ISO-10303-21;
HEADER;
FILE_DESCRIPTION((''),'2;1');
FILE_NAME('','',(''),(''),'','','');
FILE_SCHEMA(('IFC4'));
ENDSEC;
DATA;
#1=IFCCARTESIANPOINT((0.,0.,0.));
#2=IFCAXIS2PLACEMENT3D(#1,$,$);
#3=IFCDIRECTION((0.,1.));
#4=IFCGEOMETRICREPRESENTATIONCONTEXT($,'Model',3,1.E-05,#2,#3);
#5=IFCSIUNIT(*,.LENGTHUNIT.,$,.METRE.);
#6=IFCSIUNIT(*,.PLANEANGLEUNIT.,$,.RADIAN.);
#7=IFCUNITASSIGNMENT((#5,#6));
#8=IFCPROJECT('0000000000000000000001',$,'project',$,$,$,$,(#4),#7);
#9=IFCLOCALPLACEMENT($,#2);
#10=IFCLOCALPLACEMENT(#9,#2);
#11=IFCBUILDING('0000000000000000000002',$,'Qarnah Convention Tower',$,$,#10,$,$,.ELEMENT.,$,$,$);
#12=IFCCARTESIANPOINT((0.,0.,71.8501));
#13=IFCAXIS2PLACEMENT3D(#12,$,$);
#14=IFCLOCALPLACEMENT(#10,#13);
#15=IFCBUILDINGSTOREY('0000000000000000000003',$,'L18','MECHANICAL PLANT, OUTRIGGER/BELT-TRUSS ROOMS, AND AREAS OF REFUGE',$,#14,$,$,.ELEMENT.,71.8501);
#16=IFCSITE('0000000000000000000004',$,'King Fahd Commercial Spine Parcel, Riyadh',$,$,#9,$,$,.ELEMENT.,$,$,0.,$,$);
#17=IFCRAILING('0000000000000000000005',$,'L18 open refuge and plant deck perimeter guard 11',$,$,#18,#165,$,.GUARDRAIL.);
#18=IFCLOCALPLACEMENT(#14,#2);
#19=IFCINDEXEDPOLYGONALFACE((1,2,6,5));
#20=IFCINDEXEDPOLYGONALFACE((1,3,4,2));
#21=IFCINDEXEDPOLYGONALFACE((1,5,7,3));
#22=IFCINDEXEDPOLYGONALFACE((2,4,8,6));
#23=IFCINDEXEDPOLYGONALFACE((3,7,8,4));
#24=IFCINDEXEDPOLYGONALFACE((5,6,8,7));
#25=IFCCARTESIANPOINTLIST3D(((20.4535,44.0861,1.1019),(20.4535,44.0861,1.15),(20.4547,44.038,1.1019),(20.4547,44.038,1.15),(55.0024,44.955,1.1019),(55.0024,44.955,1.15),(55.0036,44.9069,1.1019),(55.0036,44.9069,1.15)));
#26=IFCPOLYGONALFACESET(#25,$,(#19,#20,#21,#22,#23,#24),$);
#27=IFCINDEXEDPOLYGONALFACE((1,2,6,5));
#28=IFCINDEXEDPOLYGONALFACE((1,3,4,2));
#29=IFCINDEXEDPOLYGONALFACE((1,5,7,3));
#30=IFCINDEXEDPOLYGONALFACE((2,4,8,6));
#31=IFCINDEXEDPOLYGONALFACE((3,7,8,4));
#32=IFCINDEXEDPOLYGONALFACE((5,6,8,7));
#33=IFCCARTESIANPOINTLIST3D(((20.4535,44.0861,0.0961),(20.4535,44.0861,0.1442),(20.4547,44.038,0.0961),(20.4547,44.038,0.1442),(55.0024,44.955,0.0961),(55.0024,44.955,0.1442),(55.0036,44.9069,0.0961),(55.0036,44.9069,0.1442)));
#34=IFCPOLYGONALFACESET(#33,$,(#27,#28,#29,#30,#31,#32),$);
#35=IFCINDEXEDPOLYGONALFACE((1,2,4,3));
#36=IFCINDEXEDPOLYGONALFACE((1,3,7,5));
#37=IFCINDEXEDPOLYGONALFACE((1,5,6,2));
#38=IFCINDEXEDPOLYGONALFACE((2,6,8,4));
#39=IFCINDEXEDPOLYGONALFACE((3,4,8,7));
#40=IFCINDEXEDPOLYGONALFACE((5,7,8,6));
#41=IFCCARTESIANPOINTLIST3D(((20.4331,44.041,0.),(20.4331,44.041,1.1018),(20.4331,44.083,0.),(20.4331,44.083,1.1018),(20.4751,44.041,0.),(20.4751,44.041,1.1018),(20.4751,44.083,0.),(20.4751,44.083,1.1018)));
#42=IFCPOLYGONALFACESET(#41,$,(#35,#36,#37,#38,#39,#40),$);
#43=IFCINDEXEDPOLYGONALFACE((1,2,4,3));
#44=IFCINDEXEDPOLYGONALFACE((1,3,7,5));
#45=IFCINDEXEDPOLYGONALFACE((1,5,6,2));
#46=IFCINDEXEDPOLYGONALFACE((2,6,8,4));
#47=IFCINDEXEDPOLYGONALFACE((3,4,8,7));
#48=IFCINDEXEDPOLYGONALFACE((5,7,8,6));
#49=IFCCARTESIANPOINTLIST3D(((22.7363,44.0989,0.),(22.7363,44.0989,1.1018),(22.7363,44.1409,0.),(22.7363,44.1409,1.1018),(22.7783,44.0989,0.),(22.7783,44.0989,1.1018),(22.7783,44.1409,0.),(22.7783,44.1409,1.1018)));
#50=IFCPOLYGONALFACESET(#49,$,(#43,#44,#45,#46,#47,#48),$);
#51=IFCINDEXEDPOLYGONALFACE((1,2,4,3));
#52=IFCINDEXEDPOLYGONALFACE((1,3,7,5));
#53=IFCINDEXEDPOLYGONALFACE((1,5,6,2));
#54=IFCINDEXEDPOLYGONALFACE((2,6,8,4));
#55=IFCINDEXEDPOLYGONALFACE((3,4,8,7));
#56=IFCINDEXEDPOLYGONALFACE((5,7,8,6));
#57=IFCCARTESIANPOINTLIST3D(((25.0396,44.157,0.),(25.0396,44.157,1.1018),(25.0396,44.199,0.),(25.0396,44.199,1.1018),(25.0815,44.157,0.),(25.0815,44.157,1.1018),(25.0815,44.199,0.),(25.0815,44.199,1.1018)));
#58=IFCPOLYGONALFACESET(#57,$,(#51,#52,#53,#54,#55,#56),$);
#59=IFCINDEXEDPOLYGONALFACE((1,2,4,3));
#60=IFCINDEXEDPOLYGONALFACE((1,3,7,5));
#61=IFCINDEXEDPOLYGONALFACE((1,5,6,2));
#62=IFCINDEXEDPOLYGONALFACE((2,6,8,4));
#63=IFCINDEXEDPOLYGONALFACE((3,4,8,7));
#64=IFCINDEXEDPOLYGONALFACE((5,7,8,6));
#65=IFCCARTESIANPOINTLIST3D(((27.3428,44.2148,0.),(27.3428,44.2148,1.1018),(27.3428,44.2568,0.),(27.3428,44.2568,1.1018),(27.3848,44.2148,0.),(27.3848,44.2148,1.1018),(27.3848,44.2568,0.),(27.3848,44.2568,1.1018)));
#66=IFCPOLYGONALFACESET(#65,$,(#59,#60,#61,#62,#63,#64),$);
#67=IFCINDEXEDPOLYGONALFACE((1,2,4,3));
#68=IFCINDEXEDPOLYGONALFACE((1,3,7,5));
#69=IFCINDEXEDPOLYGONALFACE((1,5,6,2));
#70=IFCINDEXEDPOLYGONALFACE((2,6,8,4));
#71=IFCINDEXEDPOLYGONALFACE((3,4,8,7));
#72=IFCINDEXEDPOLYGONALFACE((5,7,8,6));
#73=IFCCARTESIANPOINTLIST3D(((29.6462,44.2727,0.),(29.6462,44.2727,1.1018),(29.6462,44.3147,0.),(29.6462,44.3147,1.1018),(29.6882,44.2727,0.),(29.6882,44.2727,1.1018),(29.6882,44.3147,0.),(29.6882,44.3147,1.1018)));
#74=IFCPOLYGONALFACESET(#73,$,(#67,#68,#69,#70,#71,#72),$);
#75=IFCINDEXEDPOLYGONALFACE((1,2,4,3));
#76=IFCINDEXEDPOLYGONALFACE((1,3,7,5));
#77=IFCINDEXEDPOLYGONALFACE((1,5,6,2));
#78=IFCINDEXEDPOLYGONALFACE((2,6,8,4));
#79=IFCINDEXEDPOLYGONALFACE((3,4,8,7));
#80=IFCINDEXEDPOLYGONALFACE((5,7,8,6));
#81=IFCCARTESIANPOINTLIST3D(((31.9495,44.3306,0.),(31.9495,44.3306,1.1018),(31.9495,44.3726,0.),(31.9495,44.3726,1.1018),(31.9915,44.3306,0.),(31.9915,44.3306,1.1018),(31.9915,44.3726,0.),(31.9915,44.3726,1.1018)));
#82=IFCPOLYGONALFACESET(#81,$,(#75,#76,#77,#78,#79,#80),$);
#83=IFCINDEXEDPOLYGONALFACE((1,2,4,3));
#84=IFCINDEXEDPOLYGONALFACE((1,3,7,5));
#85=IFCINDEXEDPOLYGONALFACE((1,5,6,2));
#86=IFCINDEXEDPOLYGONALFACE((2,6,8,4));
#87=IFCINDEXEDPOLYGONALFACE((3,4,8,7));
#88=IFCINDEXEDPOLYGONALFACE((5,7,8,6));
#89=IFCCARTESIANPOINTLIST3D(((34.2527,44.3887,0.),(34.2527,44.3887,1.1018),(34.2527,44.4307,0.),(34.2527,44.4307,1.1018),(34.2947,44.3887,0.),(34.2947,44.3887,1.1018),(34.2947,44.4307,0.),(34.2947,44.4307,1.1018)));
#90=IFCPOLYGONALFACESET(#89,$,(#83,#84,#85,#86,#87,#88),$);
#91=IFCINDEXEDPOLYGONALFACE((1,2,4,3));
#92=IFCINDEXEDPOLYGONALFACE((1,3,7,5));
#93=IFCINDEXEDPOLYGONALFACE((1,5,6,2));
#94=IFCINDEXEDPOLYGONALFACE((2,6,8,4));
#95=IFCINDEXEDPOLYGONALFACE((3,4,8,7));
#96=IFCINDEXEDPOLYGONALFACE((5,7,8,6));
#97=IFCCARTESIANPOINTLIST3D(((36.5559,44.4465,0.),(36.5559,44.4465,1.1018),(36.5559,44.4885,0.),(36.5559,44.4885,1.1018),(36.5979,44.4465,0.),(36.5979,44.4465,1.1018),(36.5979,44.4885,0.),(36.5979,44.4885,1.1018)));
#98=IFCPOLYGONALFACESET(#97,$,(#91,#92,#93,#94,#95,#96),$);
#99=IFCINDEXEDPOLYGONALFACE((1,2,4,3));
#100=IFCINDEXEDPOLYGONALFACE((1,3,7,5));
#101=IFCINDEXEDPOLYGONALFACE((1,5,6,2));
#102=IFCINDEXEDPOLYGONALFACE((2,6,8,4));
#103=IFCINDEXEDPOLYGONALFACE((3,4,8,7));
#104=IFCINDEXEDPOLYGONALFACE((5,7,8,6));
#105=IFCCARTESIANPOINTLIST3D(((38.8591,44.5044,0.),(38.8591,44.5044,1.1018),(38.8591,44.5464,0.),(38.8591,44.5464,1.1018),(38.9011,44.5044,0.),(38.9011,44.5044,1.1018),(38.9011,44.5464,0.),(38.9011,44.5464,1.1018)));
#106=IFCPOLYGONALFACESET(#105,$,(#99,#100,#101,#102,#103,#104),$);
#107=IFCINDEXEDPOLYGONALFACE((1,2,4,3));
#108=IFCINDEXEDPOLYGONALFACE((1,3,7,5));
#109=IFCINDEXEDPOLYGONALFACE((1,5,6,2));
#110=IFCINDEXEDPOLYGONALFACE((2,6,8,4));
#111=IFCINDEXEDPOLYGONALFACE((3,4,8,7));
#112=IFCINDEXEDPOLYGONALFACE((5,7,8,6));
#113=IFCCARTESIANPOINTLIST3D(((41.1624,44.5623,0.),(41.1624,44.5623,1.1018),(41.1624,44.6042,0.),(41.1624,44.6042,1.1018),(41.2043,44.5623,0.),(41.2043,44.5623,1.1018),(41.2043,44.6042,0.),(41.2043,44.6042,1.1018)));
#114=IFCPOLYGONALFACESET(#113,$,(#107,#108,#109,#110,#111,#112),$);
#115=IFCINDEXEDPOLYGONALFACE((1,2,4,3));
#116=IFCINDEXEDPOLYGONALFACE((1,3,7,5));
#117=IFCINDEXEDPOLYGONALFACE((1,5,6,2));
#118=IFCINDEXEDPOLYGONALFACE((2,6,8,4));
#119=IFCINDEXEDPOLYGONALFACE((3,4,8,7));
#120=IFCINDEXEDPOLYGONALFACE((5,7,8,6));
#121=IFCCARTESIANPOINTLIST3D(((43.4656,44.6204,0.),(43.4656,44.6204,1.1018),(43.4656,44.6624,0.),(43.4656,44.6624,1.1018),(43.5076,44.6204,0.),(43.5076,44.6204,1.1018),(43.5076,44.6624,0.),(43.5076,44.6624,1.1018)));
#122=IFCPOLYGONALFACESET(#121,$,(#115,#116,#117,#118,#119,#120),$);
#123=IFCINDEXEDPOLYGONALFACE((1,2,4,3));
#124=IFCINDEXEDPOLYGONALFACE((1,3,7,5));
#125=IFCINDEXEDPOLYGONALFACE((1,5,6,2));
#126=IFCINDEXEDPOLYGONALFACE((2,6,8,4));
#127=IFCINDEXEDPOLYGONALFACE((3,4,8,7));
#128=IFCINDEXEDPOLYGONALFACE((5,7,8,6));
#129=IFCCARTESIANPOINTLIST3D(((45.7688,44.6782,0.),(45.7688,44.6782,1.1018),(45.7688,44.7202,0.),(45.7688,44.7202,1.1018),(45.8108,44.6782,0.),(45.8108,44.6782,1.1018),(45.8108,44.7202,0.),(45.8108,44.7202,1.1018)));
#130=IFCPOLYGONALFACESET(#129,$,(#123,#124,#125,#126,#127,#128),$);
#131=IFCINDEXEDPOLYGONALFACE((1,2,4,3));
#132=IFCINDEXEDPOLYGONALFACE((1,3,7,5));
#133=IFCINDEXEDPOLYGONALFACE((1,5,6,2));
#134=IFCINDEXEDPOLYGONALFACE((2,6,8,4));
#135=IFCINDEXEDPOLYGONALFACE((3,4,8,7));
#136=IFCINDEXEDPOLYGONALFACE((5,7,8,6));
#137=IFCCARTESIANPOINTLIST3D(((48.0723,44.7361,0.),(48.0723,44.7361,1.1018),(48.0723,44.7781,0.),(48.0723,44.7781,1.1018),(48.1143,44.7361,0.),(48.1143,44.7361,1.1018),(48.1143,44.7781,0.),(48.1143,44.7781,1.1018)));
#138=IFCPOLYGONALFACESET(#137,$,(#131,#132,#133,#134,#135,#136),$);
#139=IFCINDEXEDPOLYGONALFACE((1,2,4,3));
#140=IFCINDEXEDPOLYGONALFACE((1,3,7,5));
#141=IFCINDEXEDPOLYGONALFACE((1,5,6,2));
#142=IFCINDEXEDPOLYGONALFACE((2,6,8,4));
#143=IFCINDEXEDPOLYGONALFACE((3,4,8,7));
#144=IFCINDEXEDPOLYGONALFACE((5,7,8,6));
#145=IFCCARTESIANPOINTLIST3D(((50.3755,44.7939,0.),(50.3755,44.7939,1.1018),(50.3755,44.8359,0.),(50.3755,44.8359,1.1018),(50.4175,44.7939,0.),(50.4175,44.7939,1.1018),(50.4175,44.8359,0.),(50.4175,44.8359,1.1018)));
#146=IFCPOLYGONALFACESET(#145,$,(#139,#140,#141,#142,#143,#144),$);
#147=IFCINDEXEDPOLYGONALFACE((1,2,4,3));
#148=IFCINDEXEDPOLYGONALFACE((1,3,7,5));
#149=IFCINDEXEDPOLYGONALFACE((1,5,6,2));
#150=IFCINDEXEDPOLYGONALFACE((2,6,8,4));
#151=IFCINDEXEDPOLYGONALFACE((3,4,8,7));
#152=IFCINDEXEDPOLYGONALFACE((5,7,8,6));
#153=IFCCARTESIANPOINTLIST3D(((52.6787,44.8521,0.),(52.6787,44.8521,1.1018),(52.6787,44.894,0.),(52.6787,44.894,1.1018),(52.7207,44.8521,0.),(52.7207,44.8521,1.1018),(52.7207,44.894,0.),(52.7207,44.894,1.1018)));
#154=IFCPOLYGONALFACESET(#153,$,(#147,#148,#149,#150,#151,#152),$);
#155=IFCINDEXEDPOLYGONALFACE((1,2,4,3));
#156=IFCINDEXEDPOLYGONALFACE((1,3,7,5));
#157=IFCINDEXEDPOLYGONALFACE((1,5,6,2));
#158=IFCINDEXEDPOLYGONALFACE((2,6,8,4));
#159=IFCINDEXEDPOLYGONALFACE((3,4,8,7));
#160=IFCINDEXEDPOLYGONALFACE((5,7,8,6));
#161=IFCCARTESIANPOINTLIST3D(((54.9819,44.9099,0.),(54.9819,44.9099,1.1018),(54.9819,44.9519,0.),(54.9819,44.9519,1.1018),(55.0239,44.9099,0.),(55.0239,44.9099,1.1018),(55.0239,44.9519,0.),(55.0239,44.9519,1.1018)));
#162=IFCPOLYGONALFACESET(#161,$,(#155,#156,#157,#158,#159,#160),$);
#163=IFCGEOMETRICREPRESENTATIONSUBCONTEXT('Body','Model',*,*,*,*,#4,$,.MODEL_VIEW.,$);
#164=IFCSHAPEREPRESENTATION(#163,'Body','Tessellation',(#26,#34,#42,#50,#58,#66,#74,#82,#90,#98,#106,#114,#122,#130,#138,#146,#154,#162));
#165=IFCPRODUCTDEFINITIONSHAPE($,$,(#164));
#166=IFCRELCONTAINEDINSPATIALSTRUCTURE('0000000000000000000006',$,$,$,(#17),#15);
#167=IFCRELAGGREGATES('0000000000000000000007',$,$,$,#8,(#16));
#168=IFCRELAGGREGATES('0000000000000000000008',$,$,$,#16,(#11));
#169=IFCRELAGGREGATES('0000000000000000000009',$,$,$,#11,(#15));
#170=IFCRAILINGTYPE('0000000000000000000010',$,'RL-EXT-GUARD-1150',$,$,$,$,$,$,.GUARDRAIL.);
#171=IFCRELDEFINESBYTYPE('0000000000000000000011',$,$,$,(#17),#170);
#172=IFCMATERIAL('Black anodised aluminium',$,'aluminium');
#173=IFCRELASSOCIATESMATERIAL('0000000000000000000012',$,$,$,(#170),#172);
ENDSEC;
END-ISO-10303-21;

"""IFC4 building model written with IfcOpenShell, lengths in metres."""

from ifc_helpers import new_model, si_unit, direction, frame, origin, origin_2d, place, context, subcontext, project, spatial, rectangle, extrude, material, type_object, element, save


model = new_model("IFC4")

# Units and contexts
model_context = context("Model", 3, precision=1e-05, world=origin(), true_north=direction((0.0, 1.0)))
body_context = subcontext(model_context, "Body", "Model", "MODEL_VIEW")
ifc_project = project(units=[si_unit("LENGTHUNIT", "METRE"), si_unit("PLANEANGLEUNIT", "RADIAN")], contexts=[model_context])

# Site, building, storey
site_placement = place(None, origin())
site = spatial("IfcSite", under=ifc_project, at=site_placement, Name="King Fahd Commercial Spine Parcel, Riyadh", CompositionType="ELEMENT", RefElevation=0.0)
building_placement = place(site_placement, origin())
building = spatial("IfcBuilding", under=site, at=building_placement, Name="Qarnah Convention Tower", CompositionType="ELEMENT")
storey_placement = place(building_placement, frame((0.0, 0.0, 71.8501)))
storey = spatial("IfcBuildingStorey", under=building, at=storey_placement, Name="L18", Description="MECHANICAL PLANT, OUTRIGGER/BELT-TRUSS ROOMS, AND AREAS OF REFUGE", CompositionType="ELEMENT", Elevation=71.8501)

# Railing
ifc_material_1 = material(Name="Black anodised aluminium", Category="aluminium")
railing_type = type_object("IfcRailingType", Name="RL-EXT-GUARD-1150", PredefinedType="GUARDRAIL", material=ifc_material_1)
railing_1_placement = place(storey_placement, frame((20.4541, 44.062, 0.0)))
element("IfcRailing", 1, at=railing_1_placement, inside=storey, type_object=railing_type, Name="L18 open refuge and plant deck perimeter guard 11", PredefinedType="GUARDRAIL", context=body_context, shape_type="SweptSolid", body=[
    extrude(rectangle(XDim=0.0481, YDim=0.0481, at=origin_2d()), frame((0.0, 0.0, 1.126), z_axis=(0.999684, 0.025142, 0.0), x_axis=(-0.025142, 0.999684, 0.0)), (0.0, 0.0, 1.0), 34.5598),
    extrude(rectangle(XDim=0.0481, YDim=0.0481, at=origin_2d()), frame((0.0, 0.0, 0.1201), z_axis=(0.999684, 0.025142, 0.0), x_axis=(-0.025142, 0.999684, 0.0)), (0.0, 0.0, 1.0), 34.5598),
    extrude(rectangle(XDim=0.042, YDim=0.042, at=origin_2d()), origin(), (0.0, 0.0, 1.0), 1.1018),
    extrude(rectangle(XDim=0.042, YDim=0.042, at=origin_2d()), frame((2.3032, 0.0579, 0.0)), (0.0, 0.0, 1.0), 1.1018),
    extrude(rectangle(XDim=0.042, YDim=0.042, at=origin_2d()), frame((4.6064, 0.116, 0.0)), (0.0, 0.0, 1.0), 1.1018),
    extrude(rectangle(XDim=0.042, YDim=0.042, at=origin_2d()), frame((6.9097, 0.1738, 0.0)), (0.0, 0.0, 1.0), 1.1018),
    extrude(rectangle(XDim=0.042, YDim=0.042, at=origin_2d()), frame((9.2131, 0.2317, 0.0)), (0.0, 0.0, 1.0), 1.1018),
    extrude(rectangle(XDim=0.042, YDim=0.042, at=origin_2d()), frame((11.5164, 0.2896, 0.0)), (0.0, 0.0, 1.0), 1.1018),
    extrude(rectangle(XDim=0.042, YDim=0.042, at=origin_2d()), frame((13.8196, 0.3477, 0.0)), (0.0, 0.0, 1.0), 1.1018),
    extrude(rectangle(XDim=0.042, YDim=0.042, at=origin_2d()), frame((16.1228, 0.4055, 0.0)), (0.0, 0.0, 1.0), 1.1018),
    extrude(rectangle(XDim=0.042, YDim=0.042, at=origin_2d()), frame((18.426, 0.4634, 0.0)), (0.0, 0.0, 1.0), 1.1018),
    extrude(rectangle(XDim=0.042, YDim=0.042, at=origin_2d()), frame((20.7292, 0.5212, 0.0)), (0.0, 0.0, 1.0), 1.1018),
    extrude(rectangle(XDim=0.042, YDim=0.042, at=origin_2d()), frame((23.0325, 0.5793, 0.0)), (0.0, 0.0, 1.0), 1.1018),
    extrude(rectangle(XDim=0.042, YDim=0.042, at=origin_2d()), frame((25.3357, 0.6372, 0.0)), (0.0, 0.0, 1.0), 1.1018),
    extrude(rectangle(XDim=0.042, YDim=0.042, at=origin_2d()), frame((27.6392, 0.6951, 0.0)), (0.0, 0.0, 1.0), 1.1018),
    extrude(rectangle(XDim=0.042, YDim=0.042, at=origin_2d()), frame((29.9424, 0.7529, 0.0)), (0.0, 0.0, 1.0), 1.1018),
    extrude(rectangle(XDim=0.042, YDim=0.042, at=origin_2d()), frame((32.2456, 0.811, 0.0)), (0.0, 0.0, 1.0), 1.1018),
    extrude(rectangle(XDim=0.042, YDim=0.042, at=origin_2d()), frame((34.5488, 0.8689, 0.0)), (0.0, 0.0, 1.0), 1.1018),
])

save(model, "model.ifc")
